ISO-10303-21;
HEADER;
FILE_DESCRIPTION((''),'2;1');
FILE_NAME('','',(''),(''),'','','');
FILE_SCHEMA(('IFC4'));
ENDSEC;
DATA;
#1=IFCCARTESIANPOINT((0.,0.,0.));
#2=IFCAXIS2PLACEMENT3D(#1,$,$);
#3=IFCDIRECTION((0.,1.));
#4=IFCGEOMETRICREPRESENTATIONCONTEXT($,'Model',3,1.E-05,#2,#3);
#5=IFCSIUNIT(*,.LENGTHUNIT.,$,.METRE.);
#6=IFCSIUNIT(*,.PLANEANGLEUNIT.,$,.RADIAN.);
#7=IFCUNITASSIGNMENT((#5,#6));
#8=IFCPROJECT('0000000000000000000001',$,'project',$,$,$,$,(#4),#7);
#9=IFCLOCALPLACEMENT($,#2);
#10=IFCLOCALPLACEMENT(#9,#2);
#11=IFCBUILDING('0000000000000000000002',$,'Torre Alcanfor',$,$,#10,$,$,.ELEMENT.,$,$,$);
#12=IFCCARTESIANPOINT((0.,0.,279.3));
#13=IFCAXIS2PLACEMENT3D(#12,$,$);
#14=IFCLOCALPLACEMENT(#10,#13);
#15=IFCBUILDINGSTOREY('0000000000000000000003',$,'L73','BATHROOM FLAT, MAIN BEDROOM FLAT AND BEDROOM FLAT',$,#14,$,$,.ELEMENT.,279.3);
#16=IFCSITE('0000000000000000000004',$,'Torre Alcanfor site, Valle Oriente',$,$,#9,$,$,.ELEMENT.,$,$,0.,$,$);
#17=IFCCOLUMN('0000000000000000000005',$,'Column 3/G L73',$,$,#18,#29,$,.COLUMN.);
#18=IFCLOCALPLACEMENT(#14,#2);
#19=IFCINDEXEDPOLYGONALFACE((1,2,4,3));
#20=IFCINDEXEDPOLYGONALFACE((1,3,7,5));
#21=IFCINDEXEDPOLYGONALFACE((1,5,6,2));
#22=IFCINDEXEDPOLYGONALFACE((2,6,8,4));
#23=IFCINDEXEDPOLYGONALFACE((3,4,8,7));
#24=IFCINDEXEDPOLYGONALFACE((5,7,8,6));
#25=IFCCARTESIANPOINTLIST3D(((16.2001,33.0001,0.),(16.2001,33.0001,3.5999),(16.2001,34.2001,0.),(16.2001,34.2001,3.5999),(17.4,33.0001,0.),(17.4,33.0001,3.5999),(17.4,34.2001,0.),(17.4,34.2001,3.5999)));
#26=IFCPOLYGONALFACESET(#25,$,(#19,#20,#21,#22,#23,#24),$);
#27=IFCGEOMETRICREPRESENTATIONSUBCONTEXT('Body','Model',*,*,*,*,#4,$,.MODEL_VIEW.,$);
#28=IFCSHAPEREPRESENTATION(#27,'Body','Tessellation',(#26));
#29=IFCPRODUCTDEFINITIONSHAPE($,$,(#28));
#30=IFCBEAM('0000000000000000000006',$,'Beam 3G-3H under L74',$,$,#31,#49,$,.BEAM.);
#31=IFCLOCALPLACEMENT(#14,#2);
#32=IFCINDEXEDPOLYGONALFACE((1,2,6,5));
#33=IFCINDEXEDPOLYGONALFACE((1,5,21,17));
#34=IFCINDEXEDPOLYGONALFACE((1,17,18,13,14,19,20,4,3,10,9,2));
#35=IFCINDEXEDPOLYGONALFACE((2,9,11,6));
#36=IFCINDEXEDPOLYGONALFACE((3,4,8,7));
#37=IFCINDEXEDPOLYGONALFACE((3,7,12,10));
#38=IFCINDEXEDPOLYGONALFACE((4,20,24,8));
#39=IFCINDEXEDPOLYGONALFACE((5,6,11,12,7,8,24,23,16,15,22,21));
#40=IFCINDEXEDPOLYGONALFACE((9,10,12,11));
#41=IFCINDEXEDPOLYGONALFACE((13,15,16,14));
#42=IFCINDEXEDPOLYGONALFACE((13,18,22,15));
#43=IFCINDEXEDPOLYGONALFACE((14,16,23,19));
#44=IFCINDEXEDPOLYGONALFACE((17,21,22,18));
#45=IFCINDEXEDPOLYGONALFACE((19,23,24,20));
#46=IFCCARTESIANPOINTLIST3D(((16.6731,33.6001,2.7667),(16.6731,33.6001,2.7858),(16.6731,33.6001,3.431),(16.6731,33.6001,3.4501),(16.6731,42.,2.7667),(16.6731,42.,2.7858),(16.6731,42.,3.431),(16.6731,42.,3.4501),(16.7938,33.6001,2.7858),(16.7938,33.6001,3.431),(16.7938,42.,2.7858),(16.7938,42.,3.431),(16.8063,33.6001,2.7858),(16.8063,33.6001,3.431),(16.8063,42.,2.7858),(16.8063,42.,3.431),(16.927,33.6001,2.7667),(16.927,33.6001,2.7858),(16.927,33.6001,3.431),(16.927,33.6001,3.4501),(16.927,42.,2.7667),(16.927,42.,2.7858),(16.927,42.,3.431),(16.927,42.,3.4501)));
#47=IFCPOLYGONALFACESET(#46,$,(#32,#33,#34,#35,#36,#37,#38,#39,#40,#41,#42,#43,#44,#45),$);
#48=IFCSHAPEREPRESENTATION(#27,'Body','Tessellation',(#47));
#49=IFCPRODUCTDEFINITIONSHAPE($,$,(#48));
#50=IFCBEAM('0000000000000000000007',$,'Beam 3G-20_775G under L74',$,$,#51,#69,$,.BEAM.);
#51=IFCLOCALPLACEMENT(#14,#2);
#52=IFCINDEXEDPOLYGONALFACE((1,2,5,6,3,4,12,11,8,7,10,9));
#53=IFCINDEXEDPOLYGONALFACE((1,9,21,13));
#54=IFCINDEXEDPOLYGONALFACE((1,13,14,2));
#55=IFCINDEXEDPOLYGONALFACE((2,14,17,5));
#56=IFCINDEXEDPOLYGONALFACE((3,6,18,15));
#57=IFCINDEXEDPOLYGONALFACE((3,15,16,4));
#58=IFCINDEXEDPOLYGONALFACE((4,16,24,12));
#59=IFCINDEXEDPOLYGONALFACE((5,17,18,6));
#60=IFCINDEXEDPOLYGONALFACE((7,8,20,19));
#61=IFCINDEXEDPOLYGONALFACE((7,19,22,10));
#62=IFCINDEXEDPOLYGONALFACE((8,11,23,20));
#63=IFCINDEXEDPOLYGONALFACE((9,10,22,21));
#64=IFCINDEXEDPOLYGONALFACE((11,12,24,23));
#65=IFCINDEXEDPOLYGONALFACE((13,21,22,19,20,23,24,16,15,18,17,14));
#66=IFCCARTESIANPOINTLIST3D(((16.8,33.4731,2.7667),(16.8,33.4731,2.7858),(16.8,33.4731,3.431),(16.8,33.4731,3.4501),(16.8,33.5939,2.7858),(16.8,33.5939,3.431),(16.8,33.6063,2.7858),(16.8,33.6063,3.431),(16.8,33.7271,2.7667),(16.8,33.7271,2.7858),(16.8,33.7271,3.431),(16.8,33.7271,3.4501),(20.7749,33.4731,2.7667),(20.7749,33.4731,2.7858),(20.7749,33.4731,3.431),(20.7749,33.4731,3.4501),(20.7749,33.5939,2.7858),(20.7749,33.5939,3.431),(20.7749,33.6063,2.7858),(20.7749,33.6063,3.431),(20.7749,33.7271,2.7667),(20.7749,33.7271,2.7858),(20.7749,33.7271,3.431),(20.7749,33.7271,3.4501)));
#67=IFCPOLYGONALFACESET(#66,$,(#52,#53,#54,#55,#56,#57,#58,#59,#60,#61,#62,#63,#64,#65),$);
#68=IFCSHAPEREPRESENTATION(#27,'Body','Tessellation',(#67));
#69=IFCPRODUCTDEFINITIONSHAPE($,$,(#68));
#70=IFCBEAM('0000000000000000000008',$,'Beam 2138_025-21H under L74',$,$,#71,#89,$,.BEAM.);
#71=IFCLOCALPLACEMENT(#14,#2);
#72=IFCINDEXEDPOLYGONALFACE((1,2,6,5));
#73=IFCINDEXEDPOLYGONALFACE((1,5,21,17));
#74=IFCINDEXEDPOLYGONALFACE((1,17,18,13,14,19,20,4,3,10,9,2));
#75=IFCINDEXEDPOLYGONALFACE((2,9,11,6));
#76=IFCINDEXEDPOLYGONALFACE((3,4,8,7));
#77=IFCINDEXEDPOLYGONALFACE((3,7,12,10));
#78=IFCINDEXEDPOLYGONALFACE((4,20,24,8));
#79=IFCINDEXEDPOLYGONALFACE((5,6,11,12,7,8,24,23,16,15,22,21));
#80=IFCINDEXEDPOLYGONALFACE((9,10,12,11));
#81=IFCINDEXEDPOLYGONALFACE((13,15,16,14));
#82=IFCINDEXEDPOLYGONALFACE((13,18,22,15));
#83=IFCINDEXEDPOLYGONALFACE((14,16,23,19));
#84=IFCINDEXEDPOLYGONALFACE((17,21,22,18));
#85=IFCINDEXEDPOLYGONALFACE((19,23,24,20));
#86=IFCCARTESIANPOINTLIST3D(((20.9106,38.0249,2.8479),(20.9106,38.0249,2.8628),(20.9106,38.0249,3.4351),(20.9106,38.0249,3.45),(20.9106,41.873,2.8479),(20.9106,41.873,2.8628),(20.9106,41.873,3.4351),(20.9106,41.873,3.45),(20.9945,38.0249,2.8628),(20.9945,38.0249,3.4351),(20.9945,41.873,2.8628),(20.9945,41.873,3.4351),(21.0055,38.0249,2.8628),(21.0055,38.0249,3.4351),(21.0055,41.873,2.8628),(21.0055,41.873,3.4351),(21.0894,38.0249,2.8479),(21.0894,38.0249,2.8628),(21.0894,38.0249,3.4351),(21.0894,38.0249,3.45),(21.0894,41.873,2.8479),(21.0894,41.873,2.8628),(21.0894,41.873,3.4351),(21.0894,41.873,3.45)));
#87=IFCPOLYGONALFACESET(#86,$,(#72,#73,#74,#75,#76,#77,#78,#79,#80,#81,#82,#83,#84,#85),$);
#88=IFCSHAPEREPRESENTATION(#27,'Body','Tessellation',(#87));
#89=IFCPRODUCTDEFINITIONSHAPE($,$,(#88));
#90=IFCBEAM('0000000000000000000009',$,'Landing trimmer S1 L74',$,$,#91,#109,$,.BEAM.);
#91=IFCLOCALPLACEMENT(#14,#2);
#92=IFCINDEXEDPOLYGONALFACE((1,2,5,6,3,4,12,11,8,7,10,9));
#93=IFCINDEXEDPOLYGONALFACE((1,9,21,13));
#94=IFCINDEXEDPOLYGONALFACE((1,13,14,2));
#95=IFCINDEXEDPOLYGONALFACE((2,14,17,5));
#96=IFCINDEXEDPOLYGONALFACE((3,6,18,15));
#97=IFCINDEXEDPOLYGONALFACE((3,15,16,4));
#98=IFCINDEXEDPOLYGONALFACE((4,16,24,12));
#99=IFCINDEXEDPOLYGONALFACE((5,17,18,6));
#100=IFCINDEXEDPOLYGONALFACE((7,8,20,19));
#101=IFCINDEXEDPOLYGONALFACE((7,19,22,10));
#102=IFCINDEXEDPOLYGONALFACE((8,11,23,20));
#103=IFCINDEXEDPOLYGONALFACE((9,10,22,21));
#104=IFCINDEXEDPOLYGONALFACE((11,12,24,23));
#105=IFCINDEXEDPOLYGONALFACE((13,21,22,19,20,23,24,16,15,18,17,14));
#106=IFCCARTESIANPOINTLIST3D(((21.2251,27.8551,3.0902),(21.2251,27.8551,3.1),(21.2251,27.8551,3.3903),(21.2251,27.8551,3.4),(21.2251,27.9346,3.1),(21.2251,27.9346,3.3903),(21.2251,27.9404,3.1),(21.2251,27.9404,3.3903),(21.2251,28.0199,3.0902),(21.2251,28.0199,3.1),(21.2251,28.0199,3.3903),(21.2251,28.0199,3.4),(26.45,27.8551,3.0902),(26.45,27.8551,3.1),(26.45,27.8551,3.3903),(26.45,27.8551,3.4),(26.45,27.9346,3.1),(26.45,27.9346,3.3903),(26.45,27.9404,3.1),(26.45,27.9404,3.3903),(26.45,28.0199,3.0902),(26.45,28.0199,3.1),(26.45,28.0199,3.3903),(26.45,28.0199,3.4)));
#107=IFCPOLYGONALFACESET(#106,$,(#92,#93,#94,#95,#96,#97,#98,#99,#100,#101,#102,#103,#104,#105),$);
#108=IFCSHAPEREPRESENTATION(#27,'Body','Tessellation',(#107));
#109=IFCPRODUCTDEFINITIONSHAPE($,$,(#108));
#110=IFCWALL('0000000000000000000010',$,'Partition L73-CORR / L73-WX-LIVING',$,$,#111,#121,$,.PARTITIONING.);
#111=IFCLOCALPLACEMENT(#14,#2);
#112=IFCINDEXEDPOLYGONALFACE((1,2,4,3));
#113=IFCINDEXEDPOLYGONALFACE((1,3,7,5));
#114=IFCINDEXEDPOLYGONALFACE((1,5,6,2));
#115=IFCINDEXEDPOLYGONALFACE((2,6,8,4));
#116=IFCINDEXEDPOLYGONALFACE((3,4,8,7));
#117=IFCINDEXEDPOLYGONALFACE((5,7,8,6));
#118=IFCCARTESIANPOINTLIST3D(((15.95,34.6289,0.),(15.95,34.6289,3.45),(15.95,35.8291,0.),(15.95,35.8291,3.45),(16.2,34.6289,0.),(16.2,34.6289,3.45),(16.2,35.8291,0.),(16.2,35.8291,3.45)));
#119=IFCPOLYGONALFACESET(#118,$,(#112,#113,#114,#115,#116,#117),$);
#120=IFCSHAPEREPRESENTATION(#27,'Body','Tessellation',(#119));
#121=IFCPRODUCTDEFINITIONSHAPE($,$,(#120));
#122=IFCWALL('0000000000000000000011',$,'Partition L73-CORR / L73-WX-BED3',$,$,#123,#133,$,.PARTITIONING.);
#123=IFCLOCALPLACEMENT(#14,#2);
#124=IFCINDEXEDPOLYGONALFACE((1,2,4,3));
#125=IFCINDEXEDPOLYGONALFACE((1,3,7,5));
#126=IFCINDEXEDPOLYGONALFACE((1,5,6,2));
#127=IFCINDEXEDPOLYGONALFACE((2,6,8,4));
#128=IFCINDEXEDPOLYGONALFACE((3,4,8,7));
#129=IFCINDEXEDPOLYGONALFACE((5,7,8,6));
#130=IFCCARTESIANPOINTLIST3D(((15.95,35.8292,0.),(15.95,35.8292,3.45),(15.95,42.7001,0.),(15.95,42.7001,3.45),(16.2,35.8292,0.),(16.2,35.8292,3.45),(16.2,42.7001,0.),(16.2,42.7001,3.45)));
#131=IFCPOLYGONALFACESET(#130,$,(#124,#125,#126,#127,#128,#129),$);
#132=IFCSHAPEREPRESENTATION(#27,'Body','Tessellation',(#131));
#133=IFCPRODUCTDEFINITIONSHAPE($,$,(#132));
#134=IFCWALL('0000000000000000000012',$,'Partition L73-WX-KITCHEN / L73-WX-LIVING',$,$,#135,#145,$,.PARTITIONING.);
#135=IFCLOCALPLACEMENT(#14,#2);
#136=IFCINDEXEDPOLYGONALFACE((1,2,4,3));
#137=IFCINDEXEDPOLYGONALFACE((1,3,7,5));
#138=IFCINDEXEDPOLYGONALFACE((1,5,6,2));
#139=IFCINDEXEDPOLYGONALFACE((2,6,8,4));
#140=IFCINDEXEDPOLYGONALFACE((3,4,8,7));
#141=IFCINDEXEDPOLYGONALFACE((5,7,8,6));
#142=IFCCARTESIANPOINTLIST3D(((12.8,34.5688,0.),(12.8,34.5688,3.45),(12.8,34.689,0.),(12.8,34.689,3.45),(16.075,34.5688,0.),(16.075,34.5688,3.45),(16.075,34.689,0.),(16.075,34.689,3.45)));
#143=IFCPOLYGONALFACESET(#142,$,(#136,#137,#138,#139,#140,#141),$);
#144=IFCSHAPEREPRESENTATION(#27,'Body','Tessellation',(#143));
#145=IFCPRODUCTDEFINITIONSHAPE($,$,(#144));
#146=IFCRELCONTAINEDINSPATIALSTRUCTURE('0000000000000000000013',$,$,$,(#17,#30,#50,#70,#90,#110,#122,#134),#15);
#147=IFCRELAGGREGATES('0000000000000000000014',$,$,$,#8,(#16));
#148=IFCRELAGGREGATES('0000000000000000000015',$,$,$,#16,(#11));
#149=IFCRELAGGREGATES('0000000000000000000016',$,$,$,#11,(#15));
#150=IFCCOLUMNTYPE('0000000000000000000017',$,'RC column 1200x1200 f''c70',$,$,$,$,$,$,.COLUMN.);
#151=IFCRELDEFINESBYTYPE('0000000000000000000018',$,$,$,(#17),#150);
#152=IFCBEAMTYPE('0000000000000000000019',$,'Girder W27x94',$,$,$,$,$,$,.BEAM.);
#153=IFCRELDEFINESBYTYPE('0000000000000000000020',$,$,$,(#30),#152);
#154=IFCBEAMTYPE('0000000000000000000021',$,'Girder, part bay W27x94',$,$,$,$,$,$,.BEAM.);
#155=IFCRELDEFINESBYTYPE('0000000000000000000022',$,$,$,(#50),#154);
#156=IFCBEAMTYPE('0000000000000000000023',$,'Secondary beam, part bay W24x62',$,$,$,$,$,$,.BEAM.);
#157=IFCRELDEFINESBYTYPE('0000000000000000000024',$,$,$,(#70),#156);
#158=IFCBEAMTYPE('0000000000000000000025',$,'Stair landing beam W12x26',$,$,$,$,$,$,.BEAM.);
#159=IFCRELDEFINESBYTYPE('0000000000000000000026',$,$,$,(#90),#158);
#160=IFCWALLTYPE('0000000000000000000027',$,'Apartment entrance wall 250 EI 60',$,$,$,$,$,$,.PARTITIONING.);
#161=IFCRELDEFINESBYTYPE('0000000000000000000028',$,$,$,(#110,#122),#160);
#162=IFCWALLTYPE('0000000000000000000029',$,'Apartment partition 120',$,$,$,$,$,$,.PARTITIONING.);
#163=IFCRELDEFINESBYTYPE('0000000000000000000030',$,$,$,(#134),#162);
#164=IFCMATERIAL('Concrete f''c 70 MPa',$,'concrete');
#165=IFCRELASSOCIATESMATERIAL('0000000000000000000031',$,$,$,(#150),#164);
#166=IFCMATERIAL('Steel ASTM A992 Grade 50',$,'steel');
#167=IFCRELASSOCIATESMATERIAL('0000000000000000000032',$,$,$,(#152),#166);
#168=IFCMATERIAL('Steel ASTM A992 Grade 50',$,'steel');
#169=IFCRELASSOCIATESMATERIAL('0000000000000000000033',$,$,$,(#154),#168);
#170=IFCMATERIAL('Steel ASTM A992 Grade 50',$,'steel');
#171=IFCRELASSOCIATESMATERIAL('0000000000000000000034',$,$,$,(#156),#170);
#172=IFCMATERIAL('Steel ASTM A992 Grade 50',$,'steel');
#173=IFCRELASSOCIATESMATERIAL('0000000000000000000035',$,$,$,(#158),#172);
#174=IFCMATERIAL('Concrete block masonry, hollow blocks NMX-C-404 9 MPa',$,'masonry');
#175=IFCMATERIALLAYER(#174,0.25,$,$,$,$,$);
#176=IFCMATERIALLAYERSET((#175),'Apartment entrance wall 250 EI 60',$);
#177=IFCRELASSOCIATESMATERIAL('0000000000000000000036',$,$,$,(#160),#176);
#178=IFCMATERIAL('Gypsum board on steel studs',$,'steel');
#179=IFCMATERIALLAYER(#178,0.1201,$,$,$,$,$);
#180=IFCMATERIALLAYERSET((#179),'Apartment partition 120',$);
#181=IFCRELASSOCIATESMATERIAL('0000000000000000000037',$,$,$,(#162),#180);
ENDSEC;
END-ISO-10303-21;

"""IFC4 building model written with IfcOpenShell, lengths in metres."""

from ifc_helpers import new_model, si_unit, direction, frame, frame_2d, origin, origin_2d, place, context, subcontext, project, spatial, rectangle, i_section, extrude, material, layer, layer_set, material_profile, profile_set, type_object, element, save


model = new_model("IFC4")

# Units and contexts
model_context = context("Model", 3, precision=1e-05, world=origin(), true_north=direction((0.0, 1.0)))
body_context = subcontext(model_context, "Body", "Model", "MODEL_VIEW")
ifc_project = project(units=[si_unit("LENGTHUNIT", "METRE"), si_unit("PLANEANGLEUNIT", "RADIAN")], contexts=[model_context])

# Site, building, storey
site_placement = place(None, origin())
site = spatial("IfcSite", under=ifc_project, at=site_placement, Name="Torre Alcanfor site, Valle Oriente", CompositionType="ELEMENT", RefElevation=0.0)
building_placement = place(site_placement, origin())
building = spatial("IfcBuilding", under=site, at=building_placement, Name="Torre Alcanfor", CompositionType="ELEMENT")
storey_placement = place(building_placement, frame((0.0, 0.0, 279.3)))
storey = spatial("IfcBuildingStorey", under=building, at=storey_placement, Name="L73", Description="BATHROOM FLAT, MAIN BEDROOM FLAT AND BEDROOM FLAT", CompositionType="ELEMENT", Elevation=279.3)

# Column
ifc_material_1 = material(Name="Concrete f'c 70 MPa", Category="concrete")
ifc_material_profile_1 = material_profile(ifc_material_1, rectangle(XDim=1.2, YDim=1.2, at=origin_2d()), Name="1200x1200")
ifc_profile_set_1 = profile_set([ifc_material_profile_1], Name="Concrete f'c 70 MPa")
column_type = type_object("IfcColumnType", Name="RC column 1200x1200 f'c70", PredefinedType="COLUMN", material=ifc_profile_set_1)
column_placement = place(storey_placement, frame((16.8, 33.6001, 0.0), z_axis=(0.0, 0.0, 1.0), x_axis=(1.0, 0.0, 0.0)))
element("IfcColumn", 1, at=column_placement, inside=storey, type_object=column_type, Name="Column 3/G L73", PredefinedType="COLUMN", context=body_context, shape_type="SweptSolid", body=[
    extrude(rectangle(XDim=1.2, YDim=1.2, at=origin_2d()), origin(), (0.0, 0.0, 1.0), 3.5999),
])

# Beams
ifc_material_2 = material(Name="Steel ASTM A992 Grade 50", Category="steel")
ifc_material_profile_2 = material_profile(ifc_material_2, i_section(OverallWidth=0.2539, OverallDepth=0.6833, WebThickness=0.0125, FlangeThickness=0.019, at=origin_2d()), Name="W27x94")
ifc_profile_set_2 = profile_set([ifc_material_profile_2], Name="Steel ASTM A992 Grade 50")
beam_type_1 = type_object("IfcBeamType", Name="Girder W27x94", PredefinedType="BEAM", material=ifc_profile_set_2)
beam_1_placement = place(storey_placement, frame((16.8, 33.6001, 3.1084), z_axis=(0.0, 1.0, 0.0), x_axis=(-1.0, 0.0, 0.0)))
element("IfcBeam", 2, at=beam_1_placement, inside=storey, type_object=beam_type_1, Name="Beam 3G-3H under L74", PredefinedType="BEAM", context=body_context, shape_type="SweptSolid", body=[
    extrude(i_section(OverallWidth=0.2539, OverallDepth=0.6833, WebThickness=0.0125, FlangeThickness=0.019, at=origin_2d()), origin(), (0.0, 0.0, 1.0), 8.3999),
])
ifc_material_3 = material(Name="Steel ASTM A992 Grade 50", Category="steel")
ifc_material_profile_3 = material_profile(ifc_material_3, i_section(OverallWidth=0.2539, OverallDepth=0.6833, WebThickness=0.0125, FlangeThickness=0.019, at=origin_2d()), Name="W27x94")
ifc_profile_set_3 = profile_set([ifc_material_profile_3], Name="Steel ASTM A992 Grade 50")
beam_type_2 = type_object("IfcBeamType", Name="Girder, part bay W27x94", PredefinedType="BEAM", material=ifc_profile_set_3)
beam_2_placement = place(storey_placement, frame((16.8, 33.6001, 3.1084), z_axis=(1.0, 0.0, 0.0), x_axis=(0.0, 1.0, 0.0)))
element("IfcBeam", 3, at=beam_2_placement, inside=storey, type_object=beam_type_2, Name="Beam 3G-20_775G under L74", PredefinedType="BEAM", context=body_context, shape_type="SweptSolid", body=[
    extrude(i_section(OverallWidth=0.2539, OverallDepth=0.6833, WebThickness=0.0125, FlangeThickness=0.019, at=origin_2d()), origin(), (0.0, 0.0, 1.0), 3.9749),
])
ifc_material_4 = material(Name="Steel ASTM A992 Grade 50", Category="steel")
ifc_material_profile_4 = material_profile(ifc_material_4, i_section(OverallWidth=0.1787, OverallDepth=0.6021, WebThickness=0.011, FlangeThickness=0.0149, at=origin_2d()), Name="W24x62")
ifc_profile_set_4 = profile_set([ifc_material_profile_4], Name="Steel ASTM A992 Grade 50")
beam_type_3 = type_object("IfcBeamType", Name="Secondary beam, part bay W24x62", PredefinedType="BEAM", material=ifc_profile_set_4)
beam_3_placement = place(storey_placement, frame((21.0, 38.0249, 3.1489), z_axis=(0.0, 1.0, 0.0), x_axis=(-1.0, 0.0, 0.0)))
element("IfcBeam", 4, at=beam_3_placement, inside=storey, type_object=beam_type_3, Name="Beam 2138_025-21H under L74", PredefinedType="BEAM", context=body_context, shape_type="SweptSolid", body=[
    extrude(i_section(OverallWidth=0.1787, OverallDepth=0.6021, WebThickness=0.011, FlangeThickness=0.0149, at=origin_2d()), origin(), (0.0, 0.0, 1.0), 3.8481),
])
ifc_material_5 = material(Name="Steel ASTM A992 Grade 50", Category="steel")
ifc_material_profile_5 = material_profile(ifc_material_5, i_section(OverallWidth=0.1648, OverallDepth=0.3098, WebThickness=0.0059, FlangeThickness=0.0098, at=origin_2d()), Name="W12x26")
ifc_profile_set_5 = profile_set([ifc_material_profile_5], Name="Steel ASTM A992 Grade 50")
beam_type_4 = type_object("IfcBeamType", Name="Stair landing beam W12x26", PredefinedType="BEAM", material=ifc_profile_set_5)
beam_4_placement = place(storey_placement, frame((21.2251, 27.9375, 3.2451), z_axis=(1.0, 0.0, 0.0), x_axis=(0.0, 1.0, 0.0)))
element("IfcBeam", 5, at=beam_4_placement, inside=storey, type_object=beam_type_4, Name="Landing trimmer S1 L74", PredefinedType="BEAM", context=body_context, shape_type="SweptSolid", body=[
    extrude(i_section(OverallWidth=0.1648, OverallDepth=0.3098, WebThickness=0.0059, FlangeThickness=0.0098, at=origin_2d()), origin(), (0.0, 0.0, 1.0), 5.2249),
])

# Walls
ifc_material_6 = material(Name="Concrete block masonry, hollow blocks NMX-C-404 9 MPa", Category="masonry")
ifc_layer_1 = layer(ifc_material_6, 0.25)
ifc_layer_set_1 = layer_set([ifc_layer_1], Name="Apartment entrance wall 250 EI 60")
wall_type_1 = type_object("IfcWallType", Name="Apartment entrance wall 250 EI 60", PredefinedType="PARTITIONING", material=ifc_layer_set_1)
wall_1_placement = place(storey_placement, frame((16.075, 34.6289, 0.0), z_axis=(0.0, 0.0, 1.0), x_axis=(0.0, 1.0, 0.0)))
element("IfcWall", 6, at=wall_1_placement, inside=storey, type_object=wall_type_1, Name="Partition L73-CORR / L73-WX-LIVING", PredefinedType="PARTITIONING", context=body_context, shape_type="SweptSolid", body=[
    extrude(rectangle(XDim=1.2002, YDim=0.25, at=frame_2d((0.6001, 0.0))), origin(), (0.0, 0.0, 1.0), 3.45),
])
wall_2_placement = place(storey_placement, frame((16.075, 35.8291, 0.0), z_axis=(0.0, 0.0, 1.0), x_axis=(0.0, 1.0, 0.0)))
element("IfcWall", 7, at=wall_2_placement, inside=storey, type_object=wall_type_1, Name="Partition L73-CORR / L73-WX-BED3", PredefinedType="PARTITIONING", context=body_context, shape_type="SweptSolid", body=[
    extrude(rectangle(XDim=6.8708, YDim=0.25, at=frame_2d((3.4355, 0.0))), origin(), (0.0, 0.0, 1.0), 3.45),
])
ifc_material_7 = material(Name="Gypsum board on steel studs", Category="steel")
ifc_layer_2 = layer(ifc_material_7, 0.1201)
ifc_layer_set_2 = layer_set([ifc_layer_2], Name="Apartment partition 120")
wall_type_2 = type_object("IfcWallType", Name="Apartment partition 120", PredefinedType="PARTITIONING", material=ifc_layer_set_2)
wall_3_placement = place(storey_placement, frame((16.075, 34.6289, 0.0), z_axis=(0.0, 0.0, 1.0), x_axis=(-1.0, 0.0, 0.0)))
element("IfcWall", 8, at=wall_3_placement, inside=storey, type_object=wall_type_2, Name="Partition L73-WX-KITCHEN / L73-WX-LIVING", PredefinedType="PARTITIONING", context=body_context, shape_type="SweptSolid", body=[
    extrude(rectangle(XDim=3.2749, YDim=0.1201, at=frame_2d((1.6375, 0.0))), origin(), (0.0, 0.0, 1.0), 3.45),
])

save(model, "model.ifc")
